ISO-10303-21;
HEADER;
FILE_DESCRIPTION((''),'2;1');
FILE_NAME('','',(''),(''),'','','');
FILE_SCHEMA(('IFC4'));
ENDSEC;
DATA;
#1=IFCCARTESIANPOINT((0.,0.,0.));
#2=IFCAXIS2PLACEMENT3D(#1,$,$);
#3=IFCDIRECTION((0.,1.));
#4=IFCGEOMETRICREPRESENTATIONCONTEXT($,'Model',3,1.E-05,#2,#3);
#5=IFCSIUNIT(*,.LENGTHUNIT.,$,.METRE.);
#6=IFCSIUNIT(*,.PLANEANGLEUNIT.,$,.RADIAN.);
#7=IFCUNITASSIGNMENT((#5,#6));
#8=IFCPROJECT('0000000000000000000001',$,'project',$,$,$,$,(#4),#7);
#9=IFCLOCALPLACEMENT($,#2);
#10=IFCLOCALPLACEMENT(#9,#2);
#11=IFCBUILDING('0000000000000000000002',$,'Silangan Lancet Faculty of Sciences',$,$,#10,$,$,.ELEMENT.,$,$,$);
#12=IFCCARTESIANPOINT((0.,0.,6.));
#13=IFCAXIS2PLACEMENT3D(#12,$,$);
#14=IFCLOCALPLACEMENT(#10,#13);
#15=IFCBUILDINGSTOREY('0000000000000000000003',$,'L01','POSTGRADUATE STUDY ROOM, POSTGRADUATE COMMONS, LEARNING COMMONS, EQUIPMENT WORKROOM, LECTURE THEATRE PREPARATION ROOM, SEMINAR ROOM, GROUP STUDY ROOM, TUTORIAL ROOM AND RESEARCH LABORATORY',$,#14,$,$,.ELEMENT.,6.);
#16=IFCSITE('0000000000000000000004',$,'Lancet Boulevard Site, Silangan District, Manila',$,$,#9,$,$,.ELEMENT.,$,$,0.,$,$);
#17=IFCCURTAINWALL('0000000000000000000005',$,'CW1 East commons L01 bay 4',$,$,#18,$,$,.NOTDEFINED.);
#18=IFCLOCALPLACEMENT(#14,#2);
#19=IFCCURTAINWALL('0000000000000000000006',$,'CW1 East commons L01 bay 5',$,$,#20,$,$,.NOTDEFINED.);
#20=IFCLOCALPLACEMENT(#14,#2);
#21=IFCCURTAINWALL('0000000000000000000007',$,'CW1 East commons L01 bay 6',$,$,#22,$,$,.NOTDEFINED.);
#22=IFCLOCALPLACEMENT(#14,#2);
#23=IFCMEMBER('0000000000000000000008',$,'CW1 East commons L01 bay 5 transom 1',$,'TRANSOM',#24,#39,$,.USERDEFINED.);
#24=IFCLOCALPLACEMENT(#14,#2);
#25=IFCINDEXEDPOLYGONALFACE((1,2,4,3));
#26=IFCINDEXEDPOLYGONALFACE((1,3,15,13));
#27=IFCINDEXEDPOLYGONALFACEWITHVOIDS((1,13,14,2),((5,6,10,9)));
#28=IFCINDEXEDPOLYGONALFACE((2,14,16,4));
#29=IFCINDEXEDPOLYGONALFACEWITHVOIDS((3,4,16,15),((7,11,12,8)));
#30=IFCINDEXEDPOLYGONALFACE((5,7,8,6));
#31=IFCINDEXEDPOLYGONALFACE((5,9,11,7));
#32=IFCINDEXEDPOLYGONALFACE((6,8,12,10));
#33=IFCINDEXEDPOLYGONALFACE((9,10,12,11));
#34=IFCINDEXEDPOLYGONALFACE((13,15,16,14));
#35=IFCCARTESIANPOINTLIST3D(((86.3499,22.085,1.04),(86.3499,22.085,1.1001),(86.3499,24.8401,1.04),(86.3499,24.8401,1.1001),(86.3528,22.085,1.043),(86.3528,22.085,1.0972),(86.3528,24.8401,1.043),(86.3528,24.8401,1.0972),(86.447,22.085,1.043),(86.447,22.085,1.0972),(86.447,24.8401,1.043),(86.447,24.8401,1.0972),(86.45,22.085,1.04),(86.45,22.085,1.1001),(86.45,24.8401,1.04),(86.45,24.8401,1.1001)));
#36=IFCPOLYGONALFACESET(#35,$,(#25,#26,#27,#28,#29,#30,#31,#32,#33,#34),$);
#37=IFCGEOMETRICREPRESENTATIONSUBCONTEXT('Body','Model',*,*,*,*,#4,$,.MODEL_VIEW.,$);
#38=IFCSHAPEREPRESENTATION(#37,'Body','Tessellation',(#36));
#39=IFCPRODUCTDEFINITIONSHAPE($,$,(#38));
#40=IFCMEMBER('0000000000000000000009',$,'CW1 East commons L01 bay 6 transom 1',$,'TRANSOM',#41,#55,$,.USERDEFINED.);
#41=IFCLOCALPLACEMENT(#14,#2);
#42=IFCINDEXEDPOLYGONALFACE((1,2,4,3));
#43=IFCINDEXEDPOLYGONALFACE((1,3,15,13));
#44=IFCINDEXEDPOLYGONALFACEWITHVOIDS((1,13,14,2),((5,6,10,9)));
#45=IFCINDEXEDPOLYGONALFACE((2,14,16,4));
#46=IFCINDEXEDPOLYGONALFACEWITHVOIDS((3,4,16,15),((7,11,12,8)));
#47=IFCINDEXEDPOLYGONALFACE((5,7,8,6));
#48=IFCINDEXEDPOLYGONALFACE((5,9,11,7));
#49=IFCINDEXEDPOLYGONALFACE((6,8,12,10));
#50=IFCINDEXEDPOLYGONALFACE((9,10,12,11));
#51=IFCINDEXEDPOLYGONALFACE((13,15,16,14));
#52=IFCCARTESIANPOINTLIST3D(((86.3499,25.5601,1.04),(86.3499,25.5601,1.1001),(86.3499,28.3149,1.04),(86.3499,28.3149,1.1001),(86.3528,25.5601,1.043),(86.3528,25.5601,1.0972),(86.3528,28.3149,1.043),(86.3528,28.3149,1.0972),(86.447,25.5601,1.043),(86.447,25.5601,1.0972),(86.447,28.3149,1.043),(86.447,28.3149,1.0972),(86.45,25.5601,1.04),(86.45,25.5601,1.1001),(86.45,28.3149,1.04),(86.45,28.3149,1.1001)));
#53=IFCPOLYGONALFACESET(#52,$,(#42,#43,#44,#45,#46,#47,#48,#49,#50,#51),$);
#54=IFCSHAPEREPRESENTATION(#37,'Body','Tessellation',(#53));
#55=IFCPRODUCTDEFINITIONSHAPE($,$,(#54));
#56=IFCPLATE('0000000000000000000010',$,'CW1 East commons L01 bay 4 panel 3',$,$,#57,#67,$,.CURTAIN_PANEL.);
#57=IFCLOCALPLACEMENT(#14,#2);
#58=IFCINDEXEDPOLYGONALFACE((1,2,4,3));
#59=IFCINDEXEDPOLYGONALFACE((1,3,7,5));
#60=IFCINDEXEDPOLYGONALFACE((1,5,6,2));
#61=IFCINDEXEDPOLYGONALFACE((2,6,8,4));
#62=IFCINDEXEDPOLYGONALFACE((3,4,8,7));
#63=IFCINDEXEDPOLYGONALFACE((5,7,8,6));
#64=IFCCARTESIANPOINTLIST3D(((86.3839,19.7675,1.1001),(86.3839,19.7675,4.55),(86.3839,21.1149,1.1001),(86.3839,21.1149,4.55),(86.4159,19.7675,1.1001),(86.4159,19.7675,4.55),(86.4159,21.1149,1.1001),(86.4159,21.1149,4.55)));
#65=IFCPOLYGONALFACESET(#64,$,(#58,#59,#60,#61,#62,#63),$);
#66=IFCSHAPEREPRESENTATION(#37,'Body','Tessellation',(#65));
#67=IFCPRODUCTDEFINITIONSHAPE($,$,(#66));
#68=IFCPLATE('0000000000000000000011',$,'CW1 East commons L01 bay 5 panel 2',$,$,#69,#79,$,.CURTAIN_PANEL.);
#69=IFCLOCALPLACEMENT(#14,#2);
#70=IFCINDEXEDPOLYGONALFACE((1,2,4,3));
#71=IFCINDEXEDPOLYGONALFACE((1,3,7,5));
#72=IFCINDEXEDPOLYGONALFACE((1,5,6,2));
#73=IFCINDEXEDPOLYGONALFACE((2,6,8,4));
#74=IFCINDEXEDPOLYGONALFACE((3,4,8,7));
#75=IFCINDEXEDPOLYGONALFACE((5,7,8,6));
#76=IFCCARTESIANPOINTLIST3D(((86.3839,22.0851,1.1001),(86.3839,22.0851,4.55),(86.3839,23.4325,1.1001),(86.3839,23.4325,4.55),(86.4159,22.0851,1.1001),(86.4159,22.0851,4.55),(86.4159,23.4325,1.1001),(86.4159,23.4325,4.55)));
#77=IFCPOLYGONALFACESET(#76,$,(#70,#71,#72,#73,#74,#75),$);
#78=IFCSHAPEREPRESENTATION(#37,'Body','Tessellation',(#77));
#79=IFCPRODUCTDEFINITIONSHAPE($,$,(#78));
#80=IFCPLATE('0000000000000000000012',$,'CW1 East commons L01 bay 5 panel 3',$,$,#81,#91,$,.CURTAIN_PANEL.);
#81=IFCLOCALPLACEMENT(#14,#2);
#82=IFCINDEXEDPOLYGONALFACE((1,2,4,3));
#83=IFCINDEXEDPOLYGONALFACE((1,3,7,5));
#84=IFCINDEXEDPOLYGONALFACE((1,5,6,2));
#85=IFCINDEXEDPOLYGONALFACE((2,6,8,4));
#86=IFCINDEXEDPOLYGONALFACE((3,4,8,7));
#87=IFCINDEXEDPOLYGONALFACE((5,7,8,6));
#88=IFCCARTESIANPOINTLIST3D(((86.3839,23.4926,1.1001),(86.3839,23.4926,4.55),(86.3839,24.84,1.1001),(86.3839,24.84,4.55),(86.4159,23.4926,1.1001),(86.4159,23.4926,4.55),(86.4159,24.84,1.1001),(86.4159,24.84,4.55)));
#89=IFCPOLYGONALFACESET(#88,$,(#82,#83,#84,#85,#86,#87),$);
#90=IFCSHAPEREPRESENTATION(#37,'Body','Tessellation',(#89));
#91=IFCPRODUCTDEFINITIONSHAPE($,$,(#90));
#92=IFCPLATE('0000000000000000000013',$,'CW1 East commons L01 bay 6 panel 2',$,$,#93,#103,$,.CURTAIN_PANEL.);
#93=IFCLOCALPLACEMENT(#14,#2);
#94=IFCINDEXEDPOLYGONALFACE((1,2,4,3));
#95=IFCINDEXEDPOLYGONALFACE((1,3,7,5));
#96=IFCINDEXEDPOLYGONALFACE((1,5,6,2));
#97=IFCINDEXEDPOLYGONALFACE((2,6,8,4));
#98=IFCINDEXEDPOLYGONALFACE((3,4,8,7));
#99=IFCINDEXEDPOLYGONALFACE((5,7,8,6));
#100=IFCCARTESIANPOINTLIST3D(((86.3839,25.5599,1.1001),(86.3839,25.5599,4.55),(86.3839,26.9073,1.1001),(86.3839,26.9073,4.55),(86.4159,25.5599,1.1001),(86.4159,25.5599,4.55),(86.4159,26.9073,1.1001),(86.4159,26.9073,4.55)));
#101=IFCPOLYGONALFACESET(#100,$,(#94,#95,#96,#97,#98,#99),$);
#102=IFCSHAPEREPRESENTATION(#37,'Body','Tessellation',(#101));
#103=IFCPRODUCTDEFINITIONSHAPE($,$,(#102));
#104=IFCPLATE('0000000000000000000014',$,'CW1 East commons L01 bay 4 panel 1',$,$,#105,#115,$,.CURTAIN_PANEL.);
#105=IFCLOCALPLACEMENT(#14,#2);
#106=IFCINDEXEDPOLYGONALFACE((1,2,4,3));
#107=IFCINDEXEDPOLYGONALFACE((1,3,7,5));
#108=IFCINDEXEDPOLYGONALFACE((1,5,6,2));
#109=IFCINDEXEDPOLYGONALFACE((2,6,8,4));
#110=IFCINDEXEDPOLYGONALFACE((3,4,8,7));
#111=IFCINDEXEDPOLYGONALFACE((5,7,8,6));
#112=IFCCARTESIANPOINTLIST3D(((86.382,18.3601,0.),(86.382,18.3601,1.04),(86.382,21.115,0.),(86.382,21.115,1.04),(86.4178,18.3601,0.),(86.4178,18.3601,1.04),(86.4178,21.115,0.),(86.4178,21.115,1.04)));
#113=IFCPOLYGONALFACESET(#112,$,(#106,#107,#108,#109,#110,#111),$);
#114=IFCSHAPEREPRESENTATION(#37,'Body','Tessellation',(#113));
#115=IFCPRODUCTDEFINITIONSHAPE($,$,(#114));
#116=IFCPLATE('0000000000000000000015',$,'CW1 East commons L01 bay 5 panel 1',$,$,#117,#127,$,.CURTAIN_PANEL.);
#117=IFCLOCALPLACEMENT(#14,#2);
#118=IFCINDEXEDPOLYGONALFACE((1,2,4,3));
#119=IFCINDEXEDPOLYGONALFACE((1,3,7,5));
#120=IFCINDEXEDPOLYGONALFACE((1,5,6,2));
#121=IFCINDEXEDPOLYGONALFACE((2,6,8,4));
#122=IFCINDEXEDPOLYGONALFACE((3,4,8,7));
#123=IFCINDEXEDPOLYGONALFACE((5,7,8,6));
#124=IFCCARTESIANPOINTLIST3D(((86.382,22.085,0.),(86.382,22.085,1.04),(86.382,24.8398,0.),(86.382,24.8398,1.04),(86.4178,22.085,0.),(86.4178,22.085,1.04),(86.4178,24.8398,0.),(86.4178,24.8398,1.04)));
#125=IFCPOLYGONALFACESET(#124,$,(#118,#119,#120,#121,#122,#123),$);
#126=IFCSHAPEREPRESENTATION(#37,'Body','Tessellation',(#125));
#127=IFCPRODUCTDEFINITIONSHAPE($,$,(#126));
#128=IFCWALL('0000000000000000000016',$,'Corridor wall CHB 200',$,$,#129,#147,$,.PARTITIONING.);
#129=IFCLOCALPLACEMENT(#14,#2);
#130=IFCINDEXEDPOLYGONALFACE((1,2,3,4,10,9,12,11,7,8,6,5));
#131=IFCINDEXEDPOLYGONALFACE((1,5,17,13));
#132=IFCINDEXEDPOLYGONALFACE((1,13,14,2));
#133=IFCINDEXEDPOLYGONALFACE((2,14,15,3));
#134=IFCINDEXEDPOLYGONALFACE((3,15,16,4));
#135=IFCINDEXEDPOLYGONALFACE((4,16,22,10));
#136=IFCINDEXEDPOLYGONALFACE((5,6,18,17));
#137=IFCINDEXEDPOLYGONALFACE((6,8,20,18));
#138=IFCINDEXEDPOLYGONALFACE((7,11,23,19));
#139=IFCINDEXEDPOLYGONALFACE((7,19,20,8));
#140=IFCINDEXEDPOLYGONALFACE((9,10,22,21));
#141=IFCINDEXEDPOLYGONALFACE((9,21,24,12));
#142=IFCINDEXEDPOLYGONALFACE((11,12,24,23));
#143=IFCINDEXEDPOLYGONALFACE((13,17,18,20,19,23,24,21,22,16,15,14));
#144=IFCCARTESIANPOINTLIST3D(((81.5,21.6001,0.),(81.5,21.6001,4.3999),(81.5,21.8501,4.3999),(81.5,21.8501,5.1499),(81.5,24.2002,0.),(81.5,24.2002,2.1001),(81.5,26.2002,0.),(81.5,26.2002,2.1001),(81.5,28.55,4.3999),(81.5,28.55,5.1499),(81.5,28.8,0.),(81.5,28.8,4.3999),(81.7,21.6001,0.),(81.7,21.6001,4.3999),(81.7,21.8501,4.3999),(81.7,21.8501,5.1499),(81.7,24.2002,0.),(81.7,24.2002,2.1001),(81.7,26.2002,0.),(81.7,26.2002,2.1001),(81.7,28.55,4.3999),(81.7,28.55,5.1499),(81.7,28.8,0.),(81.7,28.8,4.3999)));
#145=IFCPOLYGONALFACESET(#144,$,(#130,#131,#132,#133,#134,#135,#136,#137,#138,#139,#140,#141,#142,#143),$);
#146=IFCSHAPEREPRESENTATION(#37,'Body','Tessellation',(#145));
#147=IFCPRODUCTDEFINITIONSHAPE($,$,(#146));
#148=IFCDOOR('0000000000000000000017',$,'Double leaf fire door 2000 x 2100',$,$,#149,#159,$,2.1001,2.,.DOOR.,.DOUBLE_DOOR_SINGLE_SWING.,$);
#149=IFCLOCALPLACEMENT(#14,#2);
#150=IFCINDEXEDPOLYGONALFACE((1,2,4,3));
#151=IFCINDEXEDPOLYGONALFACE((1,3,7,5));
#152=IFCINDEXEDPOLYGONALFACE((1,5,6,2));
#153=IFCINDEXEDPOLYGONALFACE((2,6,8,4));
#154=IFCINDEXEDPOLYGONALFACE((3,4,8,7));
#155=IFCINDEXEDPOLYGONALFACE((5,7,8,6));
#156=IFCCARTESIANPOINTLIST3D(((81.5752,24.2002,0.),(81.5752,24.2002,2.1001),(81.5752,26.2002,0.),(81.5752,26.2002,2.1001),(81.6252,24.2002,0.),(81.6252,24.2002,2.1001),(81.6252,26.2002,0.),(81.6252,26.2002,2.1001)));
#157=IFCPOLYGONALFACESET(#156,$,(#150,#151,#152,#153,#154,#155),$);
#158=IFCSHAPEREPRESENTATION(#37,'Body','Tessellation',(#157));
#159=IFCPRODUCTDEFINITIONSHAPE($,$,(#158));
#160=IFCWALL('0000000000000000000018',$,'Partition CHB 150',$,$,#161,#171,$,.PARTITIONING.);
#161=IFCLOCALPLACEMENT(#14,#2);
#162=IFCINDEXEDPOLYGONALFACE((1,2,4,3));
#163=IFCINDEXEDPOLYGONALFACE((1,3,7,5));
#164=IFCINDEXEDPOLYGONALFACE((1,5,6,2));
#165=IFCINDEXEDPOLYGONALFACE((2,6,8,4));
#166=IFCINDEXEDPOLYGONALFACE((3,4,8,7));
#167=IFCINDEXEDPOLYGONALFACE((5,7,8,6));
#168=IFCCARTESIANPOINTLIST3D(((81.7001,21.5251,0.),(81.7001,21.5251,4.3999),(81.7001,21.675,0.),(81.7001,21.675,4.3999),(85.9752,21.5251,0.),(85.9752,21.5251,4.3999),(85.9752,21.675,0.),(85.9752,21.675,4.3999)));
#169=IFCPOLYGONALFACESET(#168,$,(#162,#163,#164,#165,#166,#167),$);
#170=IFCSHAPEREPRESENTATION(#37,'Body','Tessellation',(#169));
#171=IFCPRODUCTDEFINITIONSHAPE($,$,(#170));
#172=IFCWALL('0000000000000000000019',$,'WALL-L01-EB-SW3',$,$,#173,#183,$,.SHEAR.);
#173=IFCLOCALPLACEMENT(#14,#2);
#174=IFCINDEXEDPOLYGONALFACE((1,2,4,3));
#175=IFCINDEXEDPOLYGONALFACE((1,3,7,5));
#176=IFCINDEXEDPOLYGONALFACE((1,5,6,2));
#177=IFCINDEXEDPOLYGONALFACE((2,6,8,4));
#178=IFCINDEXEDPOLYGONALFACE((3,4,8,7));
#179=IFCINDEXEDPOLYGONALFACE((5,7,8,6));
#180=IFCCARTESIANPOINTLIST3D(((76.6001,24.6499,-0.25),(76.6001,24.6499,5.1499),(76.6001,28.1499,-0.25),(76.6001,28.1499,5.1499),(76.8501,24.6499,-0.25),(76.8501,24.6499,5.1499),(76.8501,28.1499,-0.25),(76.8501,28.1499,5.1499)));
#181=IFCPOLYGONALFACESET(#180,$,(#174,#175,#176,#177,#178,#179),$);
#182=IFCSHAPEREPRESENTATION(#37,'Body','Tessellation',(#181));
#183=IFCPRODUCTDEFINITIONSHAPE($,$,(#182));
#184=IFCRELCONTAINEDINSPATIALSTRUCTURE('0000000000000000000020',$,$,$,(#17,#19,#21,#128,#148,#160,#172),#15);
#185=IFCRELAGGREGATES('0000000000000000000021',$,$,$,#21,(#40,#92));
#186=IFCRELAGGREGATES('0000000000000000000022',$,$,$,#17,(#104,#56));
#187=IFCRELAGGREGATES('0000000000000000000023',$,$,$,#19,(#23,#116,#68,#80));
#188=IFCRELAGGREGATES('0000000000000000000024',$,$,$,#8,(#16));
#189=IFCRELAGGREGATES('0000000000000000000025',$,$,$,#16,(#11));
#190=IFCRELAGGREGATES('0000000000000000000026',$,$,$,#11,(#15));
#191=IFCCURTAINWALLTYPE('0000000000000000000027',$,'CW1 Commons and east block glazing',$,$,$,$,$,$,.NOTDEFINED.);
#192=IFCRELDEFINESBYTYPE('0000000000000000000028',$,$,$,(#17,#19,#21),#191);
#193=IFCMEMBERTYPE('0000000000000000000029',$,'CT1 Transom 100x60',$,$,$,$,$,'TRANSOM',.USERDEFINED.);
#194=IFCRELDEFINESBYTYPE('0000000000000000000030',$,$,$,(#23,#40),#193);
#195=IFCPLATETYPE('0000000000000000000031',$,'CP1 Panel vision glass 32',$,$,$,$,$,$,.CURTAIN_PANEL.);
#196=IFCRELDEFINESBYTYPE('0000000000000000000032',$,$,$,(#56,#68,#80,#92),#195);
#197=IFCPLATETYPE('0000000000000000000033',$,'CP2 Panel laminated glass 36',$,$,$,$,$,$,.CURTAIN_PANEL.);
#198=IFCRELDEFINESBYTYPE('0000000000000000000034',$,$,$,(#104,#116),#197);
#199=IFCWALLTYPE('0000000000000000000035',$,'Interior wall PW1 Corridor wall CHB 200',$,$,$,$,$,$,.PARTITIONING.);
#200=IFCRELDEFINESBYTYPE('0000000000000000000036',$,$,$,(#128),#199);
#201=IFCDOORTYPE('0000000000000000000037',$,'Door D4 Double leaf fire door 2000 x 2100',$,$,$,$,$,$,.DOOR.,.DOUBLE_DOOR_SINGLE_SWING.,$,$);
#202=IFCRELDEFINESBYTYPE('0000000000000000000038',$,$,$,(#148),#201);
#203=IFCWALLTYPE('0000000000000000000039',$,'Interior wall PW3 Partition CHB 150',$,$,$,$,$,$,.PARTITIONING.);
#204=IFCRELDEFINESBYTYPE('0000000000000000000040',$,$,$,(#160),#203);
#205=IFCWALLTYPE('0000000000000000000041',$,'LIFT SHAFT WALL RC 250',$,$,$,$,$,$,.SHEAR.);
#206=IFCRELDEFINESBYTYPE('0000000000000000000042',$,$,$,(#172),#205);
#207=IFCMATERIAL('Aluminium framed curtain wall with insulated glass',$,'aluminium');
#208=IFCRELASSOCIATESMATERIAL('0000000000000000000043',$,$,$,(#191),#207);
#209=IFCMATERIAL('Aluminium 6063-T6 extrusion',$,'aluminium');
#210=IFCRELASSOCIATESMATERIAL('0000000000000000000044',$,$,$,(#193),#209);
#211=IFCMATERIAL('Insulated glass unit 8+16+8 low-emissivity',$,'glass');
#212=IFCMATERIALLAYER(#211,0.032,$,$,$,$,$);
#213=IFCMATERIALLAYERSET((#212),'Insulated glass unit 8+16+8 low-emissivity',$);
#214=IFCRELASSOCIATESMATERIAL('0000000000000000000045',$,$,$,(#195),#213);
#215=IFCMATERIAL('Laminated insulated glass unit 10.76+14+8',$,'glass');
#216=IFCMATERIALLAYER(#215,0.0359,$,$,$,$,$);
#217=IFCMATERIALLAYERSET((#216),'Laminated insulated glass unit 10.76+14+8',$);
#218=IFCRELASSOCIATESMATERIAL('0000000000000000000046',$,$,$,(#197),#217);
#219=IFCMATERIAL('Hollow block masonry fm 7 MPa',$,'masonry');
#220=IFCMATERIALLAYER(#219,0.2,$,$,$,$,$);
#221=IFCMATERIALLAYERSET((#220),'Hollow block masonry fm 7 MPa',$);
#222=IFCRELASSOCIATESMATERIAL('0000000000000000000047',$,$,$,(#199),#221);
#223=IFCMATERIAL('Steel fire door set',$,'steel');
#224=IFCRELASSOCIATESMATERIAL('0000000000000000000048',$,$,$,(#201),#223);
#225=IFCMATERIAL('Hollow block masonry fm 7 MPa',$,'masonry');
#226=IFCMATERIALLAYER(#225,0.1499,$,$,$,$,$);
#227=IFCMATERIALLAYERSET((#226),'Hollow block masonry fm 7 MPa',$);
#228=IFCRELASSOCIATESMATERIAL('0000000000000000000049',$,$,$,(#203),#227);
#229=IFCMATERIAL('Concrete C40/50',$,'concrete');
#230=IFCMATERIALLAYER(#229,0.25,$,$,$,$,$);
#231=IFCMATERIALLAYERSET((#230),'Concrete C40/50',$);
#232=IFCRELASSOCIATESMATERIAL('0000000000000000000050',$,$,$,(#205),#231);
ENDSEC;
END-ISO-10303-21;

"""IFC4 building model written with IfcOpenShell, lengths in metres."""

from ifc_helpers import new_model, si_unit, direction, frame, frame_2d, origin, origin_2d, place, context, subcontext, project, spatial, polyline, rectangle, hollow_rectangle, outline, extrude, material, layer, layer_set, material_profile, profile_set, type_object, element, fill, aggregate, save


model = new_model("IFC4")

# Units and contexts
model_context = context("Model", 3, precision=1e-05, world=origin(), true_north=direction((0.0, 1.0)))
body_context = subcontext(model_context, "Body", "Model", "MODEL_VIEW")
ifc_project = project(units=[si_unit("LENGTHUNIT", "METRE"), si_unit("PLANEANGLEUNIT", "RADIAN")], contexts=[model_context])

# Site, building, storey
site_placement = place(None, origin())
site = spatial("IfcSite", under=ifc_project, at=site_placement, Name="Lancet Boulevard Site, Silangan District, Manila", CompositionType="ELEMENT", RefElevation=0.0)
building_placement = place(site_placement, origin())
building = spatial("IfcBuilding", under=site, at=building_placement, Name="Silangan Lancet Faculty of Sciences", CompositionType="ELEMENT")
storey_placement = place(building_placement, frame((0.0, 0.0, 6.0)))
storey = spatial("IfcBuildingStorey", under=building, at=storey_placement, Name="L01", Description="POSTGRADUATE STUDY ROOM, POSTGRADUATE COMMONS, LEARNING COMMONS, EQUIPMENT WORKROOM, LECTURE THEATRE PREPARATION ROOM, SEMINAR ROOM, GROUP STUDY ROOM, TUTORIAL ROOM AND RESEARCH LABORATORY", CompositionType="ELEMENT", Elevation=6.0)

# Curtain walls
ifc_material_1 = material(Name="Aluminium framed curtain wall with insulated glass", Category="aluminium")
curtain_wall_type = type_object("IfcCurtainWallType", Name="CW1 Commons and east block glazing", PredefinedType="NOTDEFINED", material=ifc_material_1)
curtain_wall_1_placement = place(storey_placement, origin())
curtain_wall_1 = element("IfcCurtainWall", 1, at=curtain_wall_1_placement, inside=storey, type_object=curtain_wall_type, Name="CW1 East commons L01 bay 4", PredefinedType="NOTDEFINED")
curtain_wall_2_placement = place(storey_placement, origin())
curtain_wall_2 = element("IfcCurtainWall", 2, at=curtain_wall_2_placement, inside=storey, type_object=curtain_wall_type, Name="CW1 East commons L01 bay 5", PredefinedType="NOTDEFINED")
curtain_wall_3_placement = place(storey_placement, origin())
curtain_wall_3 = element("IfcCurtainWall", 3, at=curtain_wall_3_placement, inside=storey, type_object=curtain_wall_type, Name="CW1 East commons L01 bay 6", PredefinedType="NOTDEFINED")

# Members
ifc_material_2 = material(Name="Aluminium 6063-T6 extrusion", Category="aluminium")
ifc_material_profile_1 = material_profile(ifc_material_2, hollow_rectangle(XDim=0.1001, YDim=0.0601, WallThickness=0.0029, at=origin_2d()), Name="AL BOX 100x60x3")
ifc_profile_set_1 = profile_set([ifc_material_profile_1], Name="Aluminium 6063-T6 extrusion")
member_type_1 = type_object("IfcMemberType", Name="CT1 Transom 100x60", ElementType="TRANSOM", PredefinedType="USERDEFINED", material=ifc_profile_set_1)
member_1_placement = place(storey_placement, frame((86.3999, 22.085, 1.0701), z_axis=(0.0, 1.0, 0.0), x_axis=(-1.0, 0.0, 0.0)))
member_1 = element("IfcMember", 4, at=member_1_placement, type_object=member_type_1, Name="CW1 East commons L01 bay 5 transom 1", ObjectType="TRANSOM", PredefinedType="USERDEFINED", context=body_context, shape_type="SweptSolid", body=[
    extrude(hollow_rectangle(XDim=0.1001, YDim=0.0601, WallThickness=0.0029, at=origin_2d()), origin(), (0.0, 0.0, 1.0), 2.7551),
])
member_2_placement = place(storey_placement, frame((86.3999, 25.5601, 1.0701), z_axis=(0.0, 1.0, 0.0), x_axis=(-1.0, 0.0, 0.0)))
member_2 = element("IfcMember", 5, at=member_2_placement, type_object=member_type_1, Name="CW1 East commons L01 bay 6 transom 1", ObjectType="TRANSOM", PredefinedType="USERDEFINED", context=body_context, shape_type="SweptSolid", body=[
    extrude(hollow_rectangle(XDim=0.1001, YDim=0.0601, WallThickness=0.0029, at=origin_2d()), origin(), (0.0, 0.0, 1.0), 2.7549),
])

# Plates
ifc_material_3 = material(Name="Insulated glass unit 8+16+8 low-emissivity", Category="glass")
ifc_layer_1 = layer(ifc_material_3, 0.032)
ifc_layer_set_1 = layer_set([ifc_layer_1], Name="Insulated glass unit 8+16+8 low-emissivity")
plate_type_1 = type_object("IfcPlateType", Name="CP1 Panel vision glass 32", PredefinedType="CURTAIN_PANEL", material=ifc_layer_set_1)
plate_1_placement = place(storey_placement, frame((86.3999, 20.4412, 1.1001), z_axis=(0.0, 0.0, 1.0), x_axis=(0.0, 1.0, 0.0)))
plate_1 = element("IfcPlate", 6, at=plate_1_placement, type_object=plate_type_1, Name="CW1 East commons L01 bay 4 panel 3", PredefinedType="CURTAIN_PANEL", context=body_context, shape_type="SweptSolid", body=[
    extrude(rectangle(XDim=1.3474, YDim=0.032, at=origin_2d()), origin(), (0.0, 0.0, 1.0), 3.45),
])
plate_2_placement = place(storey_placement, frame((86.3999, 22.7588, 1.1001), z_axis=(0.0, 0.0, 1.0), x_axis=(0.0, 1.0, 0.0)))
plate_2 = element("IfcPlate", 7, at=plate_2_placement, type_object=plate_type_1, Name="CW1 East commons L01 bay 5 panel 2", PredefinedType="CURTAIN_PANEL", context=body_context, shape_type="SweptSolid", body=[
    extrude(rectangle(XDim=1.3474, YDim=0.032, at=origin_2d()), origin(), (0.0, 0.0, 1.0), 3.45),
])
plate_3_placement = place(storey_placement, frame((86.3999, 24.1663, 1.1001), z_axis=(0.0, 0.0, 1.0), x_axis=(0.0, 1.0, 0.0)))
plate_3 = element("IfcPlate", 8, at=plate_3_placement, type_object=plate_type_1, Name="CW1 East commons L01 bay 5 panel 3", PredefinedType="CURTAIN_PANEL", context=body_context, shape_type="SweptSolid", body=[
    extrude(rectangle(XDim=1.3474, YDim=0.032, at=origin_2d()), origin(), (0.0, 0.0, 1.0), 3.45),
])
plate_4_placement = place(storey_placement, frame((86.3999, 26.2336, 1.1001), z_axis=(0.0, 0.0, 1.0), x_axis=(0.0, 1.0, 0.0)))
plate_4 = element("IfcPlate", 9, at=plate_4_placement, type_object=plate_type_1, Name="CW1 East commons L01 bay 6 panel 2", PredefinedType="CURTAIN_PANEL", context=body_context, shape_type="SweptSolid", body=[
    extrude(rectangle(XDim=1.3474, YDim=0.032, at=origin_2d()), origin(), (0.0, 0.0, 1.0), 3.45),
])
aggregate(curtain_wall_3, [member_2, plate_4])
ifc_material_4 = material(Name="Laminated insulated glass unit 10.76+14+8", Category="glass")
ifc_layer_2 = layer(ifc_material_4, 0.0359)
ifc_layer_set_2 = layer_set([ifc_layer_2], Name="Laminated insulated glass unit 10.76+14+8")
plate_type_2 = type_object("IfcPlateType", Name="CP2 Panel laminated glass 36", PredefinedType="CURTAIN_PANEL", material=ifc_layer_set_2)
plate_5_placement = place(storey_placement, frame((86.3999, 19.7375, 0.0), z_axis=(0.0, 0.0, 1.0), x_axis=(0.0, 1.0, 0.0)))
plate_5 = element("IfcPlate", 10, at=plate_5_placement, type_object=plate_type_2, Name="CW1 East commons L01 bay 4 panel 1", PredefinedType="CURTAIN_PANEL", context=body_context, shape_type="SweptSolid", body=[
    extrude(rectangle(XDim=2.7549, YDim=0.0359, at=origin_2d()), origin(), (0.0, 0.0, 1.0), 1.04),
])
aggregate(curtain_wall_1, [plate_5, plate_1])
plate_6_placement = place(storey_placement, frame((86.3999, 23.4624, 0.0), z_axis=(0.0, 0.0, 1.0), x_axis=(0.0, 1.0, 0.0)))
plate_6 = element("IfcPlate", 11, at=plate_6_placement, type_object=plate_type_2, Name="CW1 East commons L01 bay 5 panel 1", PredefinedType="CURTAIN_PANEL", context=body_context, shape_type="SweptSolid", body=[
    extrude(rectangle(XDim=2.7549, YDim=0.0359, at=origin_2d()), origin(), (0.0, 0.0, 1.0), 1.04),
])
aggregate(curtain_wall_2, [member_1, plate_6, plate_2, plate_3])

# Wall, opening, door
ifc_material_5 = material(Name="Hollow block masonry fm 7 MPa", Category="masonry")
ifc_layer_3 = layer(ifc_material_5, 0.2)
ifc_layer_set_3 = layer_set([ifc_layer_3], Name="Hollow block masonry fm 7 MPa")
wall_type_1 = type_object("IfcWallType", Name="Interior wall PW1 Corridor wall CHB 200", PredefinedType="PARTITIONING", material=ifc_layer_set_3)
wall_1_placement = place(storey_placement, frame((81.6001, 21.6001, 0.0), z_axis=(0.0, 0.0, 1.0), x_axis=(0.0, 1.0, 0.0)))
wall_1 = element("IfcWall", 12, at=wall_1_placement, inside=storey, type_object=wall_type_1, Name="Corridor wall CHB 200", PredefinedType="PARTITIONING", context=body_context, shape_type="SweptSolid", body=[
    extrude(outline(polyline([(0.0, 0.0), (7.2, 0.0), (7.2, 4.3999), (6.95, 4.3999), (6.95, 5.1499), (0.25, 5.1499), (0.25, 4.3999), (0.0, 4.3999), (0.0, 0.0)])), frame((0.0, 0.1001, 0.0), z_axis=(0.0, -1.0, 0.0), x_axis=(1.0, 0.0, 0.0)), (0.0, 0.0, 1.0), 0.2),
])
opening_1_placement = place(wall_1_placement, frame((2.6001, 0.0, 0.0)))
opening_1 = element("IfcOpeningElement", 13, at=opening_1_placement, cuts=wall_1, PredefinedType="OPENING", context=body_context, shape_type="SweptSolid", body=[
    extrude(rectangle(XDim=2.0, YDim=2.1001, at=frame_2d((1.0, 1.05))), frame((0.0, 0.1099, 0.0), z_axis=(0.0, -1.0, 0.0), x_axis=(1.0, 0.0, 0.0)), (0.0, 0.0, 1.0), 0.22),
])
ifc_material_6 = material(Name="Steel fire door set", Category="steel")
door_type_1 = type_object("IfcDoorType", Name="Door D4 Double leaf fire door 2000 x 2100", OperationType="DOUBLE_DOOR_SINGLE_SWING", PredefinedType="DOOR", material=ifc_material_6)
door_1_placement = place(opening_1_placement, origin())
door_1 = element("IfcDoor", 14, at=door_1_placement, inside=storey, type_object=door_type_1, Name="Double leaf fire door 2000 x 2100", OperationType="DOUBLE_DOOR_SINGLE_SWING", OverallHeight=2.1001, OverallWidth=2.0, PredefinedType="DOOR", context=body_context, shape_type="SweptSolid", body=[
    extrude(rectangle(XDim=2.0, YDim=2.1001, at=frame_2d((1.0, 1.05))), frame((0.0, 0.0249, 0.0), z_axis=(0.0, -1.0, 0.0), x_axis=(1.0, 0.0, 0.0)), (0.0, 0.0, 1.0), 0.05),
])
fill(opening_1, door_1)

# Wall
ifc_material_7 = material(Name="Hollow block masonry fm 7 MPa", Category="masonry")
ifc_layer_4 = layer(ifc_material_7, 0.1499)
ifc_layer_set_4 = layer_set([ifc_layer_4], Name="Hollow block masonry fm 7 MPa")
wall_type_2 = type_object("IfcWallType", Name="Interior wall PW3 Partition CHB 150", PredefinedType="PARTITIONING", material=ifc_layer_set_4)
wall_2_placement = place(storey_placement, frame((81.7, 21.6001, 0.0), z_axis=(0.0, 0.0, 1.0), x_axis=(1.0, 0.0, 0.0)))
element("IfcWall", 15, at=wall_2_placement, inside=storey, type_object=wall_type_2, Name="Partition CHB 150", PredefinedType="PARTITIONING", context=body_context, shape_type="SweptSolid", body=[
    extrude(rectangle(XDim=4.2751, YDim=0.1499, at=frame_2d((2.1377, 0.0))), origin(), (0.0, 0.0, 1.0), 4.3999),
])

# Wall
ifc_material_8 = material(Name="Concrete C40/50", Category="concrete")
ifc_layer_5 = layer(ifc_material_8, 0.25)
ifc_layer_set_5 = layer_set([ifc_layer_5], Name="Concrete C40/50")
wall_type_3 = type_object("IfcWallType", Name="LIFT SHAFT WALL RC 250", PredefinedType="SHEAR", material=ifc_layer_set_5)
wall_3_placement = place(storey_placement, frame((76.7251, 24.6499, -0.25), z_axis=(0.0, 0.0, 1.0), x_axis=(0.0, 1.0, 0.0)))
element("IfcWall", 16, at=wall_3_placement, inside=storey, type_object=wall_type_3, Name="WALL-L01-EB-SW3", PredefinedType="SHEAR", context=body_context, shape_type="SweptSolid", body=[
    extrude(rectangle(XDim=3.5, YDim=0.25, at=frame_2d((1.75, 0.0))), origin(), (0.0, 0.0, 1.0), 5.3999),
])

save(model, "model.ifc")
